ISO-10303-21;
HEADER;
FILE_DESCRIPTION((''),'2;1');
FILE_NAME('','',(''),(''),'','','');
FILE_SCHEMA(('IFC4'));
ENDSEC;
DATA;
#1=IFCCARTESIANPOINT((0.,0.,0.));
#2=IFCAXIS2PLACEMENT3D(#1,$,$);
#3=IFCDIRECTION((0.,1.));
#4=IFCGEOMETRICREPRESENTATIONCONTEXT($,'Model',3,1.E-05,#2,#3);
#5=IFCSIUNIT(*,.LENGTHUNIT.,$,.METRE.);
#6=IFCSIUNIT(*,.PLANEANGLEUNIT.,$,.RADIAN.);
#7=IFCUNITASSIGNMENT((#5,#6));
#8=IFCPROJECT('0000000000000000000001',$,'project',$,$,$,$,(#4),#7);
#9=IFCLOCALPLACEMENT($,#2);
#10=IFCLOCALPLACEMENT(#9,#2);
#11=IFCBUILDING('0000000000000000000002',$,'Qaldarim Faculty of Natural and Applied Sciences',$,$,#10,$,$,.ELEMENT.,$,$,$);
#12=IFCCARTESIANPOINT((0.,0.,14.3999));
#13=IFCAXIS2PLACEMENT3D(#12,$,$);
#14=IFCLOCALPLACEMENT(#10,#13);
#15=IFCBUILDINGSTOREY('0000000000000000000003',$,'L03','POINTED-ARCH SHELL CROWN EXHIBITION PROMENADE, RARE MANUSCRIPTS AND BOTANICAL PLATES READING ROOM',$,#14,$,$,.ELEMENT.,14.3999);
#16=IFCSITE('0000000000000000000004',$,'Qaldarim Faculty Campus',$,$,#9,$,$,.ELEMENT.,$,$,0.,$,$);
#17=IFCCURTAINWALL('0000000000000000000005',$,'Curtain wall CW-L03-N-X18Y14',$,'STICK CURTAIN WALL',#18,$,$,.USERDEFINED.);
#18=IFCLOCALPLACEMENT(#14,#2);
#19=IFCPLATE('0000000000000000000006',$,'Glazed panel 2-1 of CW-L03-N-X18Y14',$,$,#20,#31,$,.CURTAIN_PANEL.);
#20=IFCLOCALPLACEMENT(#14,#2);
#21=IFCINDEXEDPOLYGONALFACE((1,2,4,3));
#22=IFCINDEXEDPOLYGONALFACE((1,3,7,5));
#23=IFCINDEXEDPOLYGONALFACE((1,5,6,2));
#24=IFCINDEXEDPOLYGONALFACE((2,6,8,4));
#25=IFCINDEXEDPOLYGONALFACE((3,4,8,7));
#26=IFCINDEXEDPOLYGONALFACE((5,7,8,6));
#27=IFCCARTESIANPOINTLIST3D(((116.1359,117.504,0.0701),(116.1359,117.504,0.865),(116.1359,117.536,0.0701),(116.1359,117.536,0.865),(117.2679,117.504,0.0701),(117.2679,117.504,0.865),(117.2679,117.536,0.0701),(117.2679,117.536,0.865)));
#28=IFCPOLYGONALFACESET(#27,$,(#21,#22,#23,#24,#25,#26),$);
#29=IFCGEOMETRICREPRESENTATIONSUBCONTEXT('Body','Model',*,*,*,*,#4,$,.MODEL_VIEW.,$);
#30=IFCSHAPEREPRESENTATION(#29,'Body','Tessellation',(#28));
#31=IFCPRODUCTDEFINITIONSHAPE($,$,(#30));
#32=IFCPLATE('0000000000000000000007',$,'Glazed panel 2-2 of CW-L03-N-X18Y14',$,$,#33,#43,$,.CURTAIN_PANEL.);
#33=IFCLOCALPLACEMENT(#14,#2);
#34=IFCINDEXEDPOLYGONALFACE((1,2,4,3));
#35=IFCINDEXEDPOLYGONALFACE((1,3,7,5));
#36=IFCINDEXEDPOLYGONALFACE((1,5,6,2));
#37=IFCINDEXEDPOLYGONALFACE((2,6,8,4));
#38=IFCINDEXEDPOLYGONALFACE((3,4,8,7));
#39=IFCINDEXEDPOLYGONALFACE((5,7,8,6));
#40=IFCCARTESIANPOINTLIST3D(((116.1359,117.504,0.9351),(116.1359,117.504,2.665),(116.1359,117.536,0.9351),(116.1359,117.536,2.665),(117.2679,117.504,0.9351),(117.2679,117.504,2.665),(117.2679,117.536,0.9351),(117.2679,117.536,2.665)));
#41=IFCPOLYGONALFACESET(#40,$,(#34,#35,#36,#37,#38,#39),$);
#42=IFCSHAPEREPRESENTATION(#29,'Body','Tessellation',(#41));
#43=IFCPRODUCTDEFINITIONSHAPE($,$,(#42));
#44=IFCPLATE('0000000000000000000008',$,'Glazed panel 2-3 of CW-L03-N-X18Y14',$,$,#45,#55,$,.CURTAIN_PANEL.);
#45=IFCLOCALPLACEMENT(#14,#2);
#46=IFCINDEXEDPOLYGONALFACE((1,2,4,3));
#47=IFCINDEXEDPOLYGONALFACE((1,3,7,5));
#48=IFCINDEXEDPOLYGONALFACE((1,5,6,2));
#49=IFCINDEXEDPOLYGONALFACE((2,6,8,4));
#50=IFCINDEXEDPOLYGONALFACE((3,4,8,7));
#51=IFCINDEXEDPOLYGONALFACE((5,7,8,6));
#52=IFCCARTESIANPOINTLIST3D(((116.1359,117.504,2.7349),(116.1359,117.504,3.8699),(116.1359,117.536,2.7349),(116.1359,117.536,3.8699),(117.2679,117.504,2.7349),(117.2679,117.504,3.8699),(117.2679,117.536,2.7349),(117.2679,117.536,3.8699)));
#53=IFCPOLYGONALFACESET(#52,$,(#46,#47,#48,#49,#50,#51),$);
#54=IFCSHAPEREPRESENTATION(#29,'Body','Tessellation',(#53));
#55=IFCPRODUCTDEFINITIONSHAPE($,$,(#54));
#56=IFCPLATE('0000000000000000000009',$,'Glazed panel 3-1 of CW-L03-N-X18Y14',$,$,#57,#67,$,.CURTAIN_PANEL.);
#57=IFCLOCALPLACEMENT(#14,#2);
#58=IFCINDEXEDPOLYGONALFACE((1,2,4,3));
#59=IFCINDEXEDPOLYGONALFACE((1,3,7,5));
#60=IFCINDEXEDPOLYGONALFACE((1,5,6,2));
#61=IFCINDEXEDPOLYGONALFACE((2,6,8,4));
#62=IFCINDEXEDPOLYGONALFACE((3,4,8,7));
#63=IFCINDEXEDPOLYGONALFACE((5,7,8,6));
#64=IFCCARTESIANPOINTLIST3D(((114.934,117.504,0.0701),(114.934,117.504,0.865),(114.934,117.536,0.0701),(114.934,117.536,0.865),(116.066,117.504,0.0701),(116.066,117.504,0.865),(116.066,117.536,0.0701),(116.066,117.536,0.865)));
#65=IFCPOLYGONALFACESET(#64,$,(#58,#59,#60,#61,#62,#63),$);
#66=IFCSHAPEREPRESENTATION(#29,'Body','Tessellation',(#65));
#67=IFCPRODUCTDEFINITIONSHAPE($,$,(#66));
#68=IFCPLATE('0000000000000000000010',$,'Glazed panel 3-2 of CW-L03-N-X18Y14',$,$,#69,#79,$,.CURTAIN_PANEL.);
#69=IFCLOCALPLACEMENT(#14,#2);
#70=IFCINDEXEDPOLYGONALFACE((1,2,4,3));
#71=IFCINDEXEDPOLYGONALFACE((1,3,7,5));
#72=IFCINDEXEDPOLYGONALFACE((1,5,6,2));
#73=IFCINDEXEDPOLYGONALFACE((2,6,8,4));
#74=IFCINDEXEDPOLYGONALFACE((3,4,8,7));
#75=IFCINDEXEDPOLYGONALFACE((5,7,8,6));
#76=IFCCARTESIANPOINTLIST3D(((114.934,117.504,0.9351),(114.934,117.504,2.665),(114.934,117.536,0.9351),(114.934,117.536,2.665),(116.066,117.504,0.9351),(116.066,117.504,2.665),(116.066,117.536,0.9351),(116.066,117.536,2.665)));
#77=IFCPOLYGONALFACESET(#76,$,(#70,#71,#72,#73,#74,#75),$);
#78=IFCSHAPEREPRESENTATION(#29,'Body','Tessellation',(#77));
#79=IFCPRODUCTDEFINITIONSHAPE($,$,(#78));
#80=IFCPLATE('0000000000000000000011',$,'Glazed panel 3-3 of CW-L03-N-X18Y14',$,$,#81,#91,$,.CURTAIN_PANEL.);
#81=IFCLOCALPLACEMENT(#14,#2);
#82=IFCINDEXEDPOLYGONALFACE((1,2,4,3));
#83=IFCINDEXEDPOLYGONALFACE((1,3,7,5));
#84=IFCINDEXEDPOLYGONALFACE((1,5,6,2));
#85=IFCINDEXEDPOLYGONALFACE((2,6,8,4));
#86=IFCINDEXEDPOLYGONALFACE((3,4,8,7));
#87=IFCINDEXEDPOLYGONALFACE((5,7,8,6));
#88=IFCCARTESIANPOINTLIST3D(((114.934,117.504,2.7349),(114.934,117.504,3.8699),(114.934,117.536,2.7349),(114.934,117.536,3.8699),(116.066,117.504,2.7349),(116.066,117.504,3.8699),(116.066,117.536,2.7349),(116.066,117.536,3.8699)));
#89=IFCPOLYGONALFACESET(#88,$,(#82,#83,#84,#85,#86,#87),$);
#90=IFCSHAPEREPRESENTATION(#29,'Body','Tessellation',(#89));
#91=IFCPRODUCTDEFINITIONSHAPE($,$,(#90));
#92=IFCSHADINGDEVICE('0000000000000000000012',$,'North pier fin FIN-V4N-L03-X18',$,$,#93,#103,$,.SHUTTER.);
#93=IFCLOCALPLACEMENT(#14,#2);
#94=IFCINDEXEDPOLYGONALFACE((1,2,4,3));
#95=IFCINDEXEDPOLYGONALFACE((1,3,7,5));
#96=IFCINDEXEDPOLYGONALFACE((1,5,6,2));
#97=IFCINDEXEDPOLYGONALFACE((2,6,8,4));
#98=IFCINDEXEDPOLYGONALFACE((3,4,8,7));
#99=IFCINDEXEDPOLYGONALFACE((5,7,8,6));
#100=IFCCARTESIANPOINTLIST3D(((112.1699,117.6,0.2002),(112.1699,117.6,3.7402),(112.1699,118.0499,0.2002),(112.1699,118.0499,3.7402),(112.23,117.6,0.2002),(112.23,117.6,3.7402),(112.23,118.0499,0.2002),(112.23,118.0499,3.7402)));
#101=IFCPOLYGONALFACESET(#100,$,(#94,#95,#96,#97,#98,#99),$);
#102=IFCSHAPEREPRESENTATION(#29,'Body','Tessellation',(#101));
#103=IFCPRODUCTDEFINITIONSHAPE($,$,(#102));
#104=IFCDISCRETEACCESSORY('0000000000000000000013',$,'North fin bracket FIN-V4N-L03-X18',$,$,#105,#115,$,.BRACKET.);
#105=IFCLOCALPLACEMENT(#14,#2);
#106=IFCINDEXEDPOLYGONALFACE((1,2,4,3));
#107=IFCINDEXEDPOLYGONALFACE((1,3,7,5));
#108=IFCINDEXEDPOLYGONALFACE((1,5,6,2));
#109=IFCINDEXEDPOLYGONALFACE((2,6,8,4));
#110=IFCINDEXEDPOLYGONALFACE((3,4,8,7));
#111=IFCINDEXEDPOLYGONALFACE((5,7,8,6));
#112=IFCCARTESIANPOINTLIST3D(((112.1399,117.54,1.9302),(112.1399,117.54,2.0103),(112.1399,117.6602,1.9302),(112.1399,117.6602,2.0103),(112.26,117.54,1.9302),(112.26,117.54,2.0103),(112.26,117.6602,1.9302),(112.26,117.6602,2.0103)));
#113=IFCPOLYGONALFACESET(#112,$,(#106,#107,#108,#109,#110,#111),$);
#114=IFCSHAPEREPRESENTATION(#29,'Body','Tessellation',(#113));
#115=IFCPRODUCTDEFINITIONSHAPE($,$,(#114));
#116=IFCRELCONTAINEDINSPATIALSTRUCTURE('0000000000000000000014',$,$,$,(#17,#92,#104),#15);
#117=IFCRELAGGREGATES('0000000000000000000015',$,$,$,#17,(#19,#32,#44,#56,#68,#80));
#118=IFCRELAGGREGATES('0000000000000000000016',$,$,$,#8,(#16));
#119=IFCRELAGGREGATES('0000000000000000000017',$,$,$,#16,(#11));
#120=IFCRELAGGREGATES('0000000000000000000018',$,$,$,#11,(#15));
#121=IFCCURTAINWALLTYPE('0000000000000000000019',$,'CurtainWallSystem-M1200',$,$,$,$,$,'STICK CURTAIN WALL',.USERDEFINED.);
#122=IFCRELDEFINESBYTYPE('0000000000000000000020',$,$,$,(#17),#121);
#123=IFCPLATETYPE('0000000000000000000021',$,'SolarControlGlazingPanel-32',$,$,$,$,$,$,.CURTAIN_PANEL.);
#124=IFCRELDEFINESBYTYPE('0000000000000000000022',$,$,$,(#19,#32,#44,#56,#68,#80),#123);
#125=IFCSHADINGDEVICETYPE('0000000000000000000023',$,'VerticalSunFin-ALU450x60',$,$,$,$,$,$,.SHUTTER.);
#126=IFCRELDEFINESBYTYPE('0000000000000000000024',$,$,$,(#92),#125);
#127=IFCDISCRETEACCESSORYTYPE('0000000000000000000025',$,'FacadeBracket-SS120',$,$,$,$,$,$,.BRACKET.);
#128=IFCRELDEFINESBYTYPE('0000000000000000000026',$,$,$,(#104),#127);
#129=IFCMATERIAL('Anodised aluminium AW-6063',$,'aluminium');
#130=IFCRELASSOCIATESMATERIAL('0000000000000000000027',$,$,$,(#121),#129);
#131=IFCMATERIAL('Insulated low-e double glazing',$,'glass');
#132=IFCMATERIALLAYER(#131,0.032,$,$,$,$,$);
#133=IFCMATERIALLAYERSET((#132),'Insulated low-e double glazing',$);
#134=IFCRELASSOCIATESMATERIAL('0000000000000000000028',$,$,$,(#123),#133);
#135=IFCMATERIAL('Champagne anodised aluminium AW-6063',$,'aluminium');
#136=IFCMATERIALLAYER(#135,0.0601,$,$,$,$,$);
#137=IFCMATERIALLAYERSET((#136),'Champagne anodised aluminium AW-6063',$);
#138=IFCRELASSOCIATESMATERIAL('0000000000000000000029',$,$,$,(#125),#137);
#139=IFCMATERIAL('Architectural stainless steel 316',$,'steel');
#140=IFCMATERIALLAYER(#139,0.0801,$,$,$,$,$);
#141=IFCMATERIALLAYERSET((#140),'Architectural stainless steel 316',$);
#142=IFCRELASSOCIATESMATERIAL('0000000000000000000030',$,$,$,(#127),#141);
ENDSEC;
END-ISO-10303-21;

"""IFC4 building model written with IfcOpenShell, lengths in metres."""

from ifc_helpers import new_model, si_unit, direction, frame, origin, origin_2d, place, context, subcontext, project, spatial, rectangle, extrude, material, layer, layer_set, type_object, element, aggregate, save


model = new_model("IFC4")

# Units and contexts
model_context = context("Model", 3, precision=1e-05, world=origin(), true_north=direction((0.0, 1.0)))
body_context = subcontext(model_context, "Body", "Model", "MODEL_VIEW")
ifc_project = project(units=[si_unit("LENGTHUNIT", "METRE"), si_unit("PLANEANGLEUNIT", "RADIAN")], contexts=[model_context])

# Site, building, storey
site_placement = place(None, origin())
site = spatial("IfcSite", under=ifc_project, at=site_placement, Name="Qaldarim Faculty Campus", CompositionType="ELEMENT", RefElevation=0.0)
building_placement = place(site_placement, origin())
building = spatial("IfcBuilding", under=site, at=building_placement, Name="Qaldarim Faculty of Natural and Applied Sciences", CompositionType="ELEMENT")
storey_placement = place(building_placement, frame((0.0, 0.0, 14.3999)))
storey = spatial("IfcBuildingStorey", under=building, at=storey_placement, Name="L03", Description="POINTED-ARCH SHELL CROWN EXHIBITION PROMENADE, RARE MANUSCRIPTS AND BOTANICAL PLATES READING ROOM", CompositionType="ELEMENT", Elevation=14.3999)

# Curtain wall
ifc_material_1 = material(Name="Anodised aluminium AW-6063", Category="aluminium")
curtain_wall_type = type_object("IfcCurtainWallType", Name="CurtainWallSystem-M1200", ElementType="STICK CURTAIN WALL", PredefinedType="USERDEFINED", material=ifc_material_1)
curtain_wall_placement = place(storey_placement, origin())
curtain_wall = element("IfcCurtainWall", 1, at=curtain_wall_placement, inside=storey, type_object=curtain_wall_type, Name="Curtain wall CW-L03-N-X18Y14", ObjectType="STICK CURTAIN WALL", PredefinedType="USERDEFINED")

# Plates
ifc_material_2 = material(Name="Insulated low-e double glazing", Category="glass")
ifc_layer_1 = layer(ifc_material_2, 0.032)
ifc_layer_set_1 = layer_set([ifc_layer_1], Name="Insulated low-e double glazing")
plate_type = type_object("IfcPlateType", Name="SolarControlGlazingPanel-32", PredefinedType="CURTAIN_PANEL", material=ifc_layer_set_1)
plate_1_placement = place(storey_placement, frame((116.7019, 117.52, 0.0701), z_axis=(0.0, 0.0, 1.0), x_axis=(-1.0, 0.0, 0.0)))
plate_1 = element("IfcPlate", 2, at=plate_1_placement, type_object=plate_type, Name="Glazed panel 2-1 of CW-L03-N-X18Y14", PredefinedType="CURTAIN_PANEL", context=body_context, shape_type="SweptSolid", body=[
    extrude(rectangle(XDim=1.1321, YDim=0.032, at=origin_2d()), origin(), (0.0, 0.0, 1.0), 0.7949),
])
plate_2_placement = place(storey_placement, frame((116.7019, 117.52, 0.9351), z_axis=(0.0, 0.0, 1.0), x_axis=(-1.0, 0.0, 0.0)))
plate_2 = element("IfcPlate", 3, at=plate_2_placement, type_object=plate_type, Name="Glazed panel 2-2 of CW-L03-N-X18Y14", PredefinedType="CURTAIN_PANEL", context=body_context, shape_type="SweptSolid", body=[
    extrude(rectangle(XDim=1.1321, YDim=0.032, at=origin_2d()), origin(), (0.0, 0.0, 1.0), 1.73),
])
plate_3_placement = place(storey_placement, frame((116.7019, 117.52, 2.7349), z_axis=(0.0, 0.0, 1.0), x_axis=(-1.0, 0.0, 0.0)))
plate_3 = element("IfcPlate", 4, at=plate_3_placement, type_object=plate_type, Name="Glazed panel 2-3 of CW-L03-N-X18Y14", PredefinedType="CURTAIN_PANEL", context=body_context, shape_type="SweptSolid", body=[
    extrude(rectangle(XDim=1.1321, YDim=0.032, at=origin_2d()), origin(), (0.0, 0.0, 1.0), 1.135),
])
plate_4_placement = place(storey_placement, frame((115.5, 117.52, 0.0701), z_axis=(0.0, 0.0, 1.0), x_axis=(-1.0, 0.0, 0.0)))
plate_4 = element("IfcPlate", 5, at=plate_4_placement, type_object=plate_type, Name="Glazed panel 3-1 of CW-L03-N-X18Y14", PredefinedType="CURTAIN_PANEL", context=body_context, shape_type="SweptSolid", body=[
    extrude(rectangle(XDim=1.1321, YDim=0.032, at=origin_2d()), origin(), (0.0, 0.0, 1.0), 0.7949),
])
plate_5_placement = place(storey_placement, frame((115.5, 117.52, 0.9351), z_axis=(0.0, 0.0, 1.0), x_axis=(-1.0, 0.0, 0.0)))
plate_5 = element("IfcPlate", 6, at=plate_5_placement, type_object=plate_type, Name="Glazed panel 3-2 of CW-L03-N-X18Y14", PredefinedType="CURTAIN_PANEL", context=body_context, shape_type="SweptSolid", body=[
    extrude(rectangle(XDim=1.1321, YDim=0.032, at=origin_2d()), origin(), (0.0, 0.0, 1.0), 1.73),
])
plate_6_placement = place(storey_placement, frame((115.5, 117.52, 2.7349), z_axis=(0.0, 0.0, 1.0), x_axis=(-1.0, 0.0, 0.0)))
plate_6 = element("IfcPlate", 7, at=plate_6_placement, type_object=plate_type, Name="Glazed panel 3-3 of CW-L03-N-X18Y14", PredefinedType="CURTAIN_PANEL", context=body_context, shape_type="SweptSolid", body=[
    extrude(rectangle(XDim=1.1321, YDim=0.032, at=origin_2d()), origin(), (0.0, 0.0, 1.0), 1.135),
])
aggregate(curtain_wall, [plate_1, plate_2, plate_3, plate_4, plate_5, plate_6])

# Shading device
ifc_material_3 = material(Name="Champagne anodised aluminium AW-6063", Category="aluminium")
ifc_layer_2 = layer(ifc_material_3, 0.0601)
ifc_layer_set_2 = layer_set([ifc_layer_2], Name="Champagne anodised aluminium AW-6063")
shading_device_type = type_object("IfcShadingDeviceType", Name="VerticalSunFin-ALU450x60", PredefinedType="SHUTTER", material=ifc_layer_set_2)
shading_device_placement = place(storey_placement, frame((112.2, 117.825, 0.2002), z_axis=(0.0, 0.0, 1.0), x_axis=(1.0, 0.0, 0.0)))
element("IfcShadingDevice", 8, at=shading_device_placement, inside=storey, type_object=shading_device_type, Name="North pier fin FIN-V4N-L03-X18", PredefinedType="SHUTTER", context=body_context, shape_type="SweptSolid", body=[
    extrude(rectangle(XDim=0.0601, YDim=0.45, at=origin_2d()), origin(), (0.0, 0.0, 1.0), 3.54),
])

# Discrete accessory
ifc_material_4 = material(Name="Architectural stainless steel 316", Category="steel")
ifc_layer_3 = layer(ifc_material_4, 0.0801)
ifc_layer_set_3 = layer_set([ifc_layer_3], Name="Architectural stainless steel 316")
discrete_accessory_type = type_object("IfcDiscreteAccessoryType", Name="FacadeBracket-SS120", PredefinedType="BRACKET", material=ifc_layer_set_3)
discrete_accessory_placement = place(storey_placement, frame((112.2, 117.6001, 1.9302), z_axis=(0.0, 0.0, 1.0), x_axis=(1.0, 0.0, 0.0)))
element("IfcDiscreteAccessory", 9, at=discrete_accessory_placement, inside=storey, type_object=discrete_accessory_type, Name="North fin bracket FIN-V4N-L03-X18", PredefinedType="BRACKET", context=body_context, shape_type="SweptSolid", body=[
    extrude(rectangle(XDim=0.1201, YDim=0.1201, at=origin_2d()), origin(), (0.0, 0.0, 1.0), 0.0801),
])

save(model, "model.ifc")
